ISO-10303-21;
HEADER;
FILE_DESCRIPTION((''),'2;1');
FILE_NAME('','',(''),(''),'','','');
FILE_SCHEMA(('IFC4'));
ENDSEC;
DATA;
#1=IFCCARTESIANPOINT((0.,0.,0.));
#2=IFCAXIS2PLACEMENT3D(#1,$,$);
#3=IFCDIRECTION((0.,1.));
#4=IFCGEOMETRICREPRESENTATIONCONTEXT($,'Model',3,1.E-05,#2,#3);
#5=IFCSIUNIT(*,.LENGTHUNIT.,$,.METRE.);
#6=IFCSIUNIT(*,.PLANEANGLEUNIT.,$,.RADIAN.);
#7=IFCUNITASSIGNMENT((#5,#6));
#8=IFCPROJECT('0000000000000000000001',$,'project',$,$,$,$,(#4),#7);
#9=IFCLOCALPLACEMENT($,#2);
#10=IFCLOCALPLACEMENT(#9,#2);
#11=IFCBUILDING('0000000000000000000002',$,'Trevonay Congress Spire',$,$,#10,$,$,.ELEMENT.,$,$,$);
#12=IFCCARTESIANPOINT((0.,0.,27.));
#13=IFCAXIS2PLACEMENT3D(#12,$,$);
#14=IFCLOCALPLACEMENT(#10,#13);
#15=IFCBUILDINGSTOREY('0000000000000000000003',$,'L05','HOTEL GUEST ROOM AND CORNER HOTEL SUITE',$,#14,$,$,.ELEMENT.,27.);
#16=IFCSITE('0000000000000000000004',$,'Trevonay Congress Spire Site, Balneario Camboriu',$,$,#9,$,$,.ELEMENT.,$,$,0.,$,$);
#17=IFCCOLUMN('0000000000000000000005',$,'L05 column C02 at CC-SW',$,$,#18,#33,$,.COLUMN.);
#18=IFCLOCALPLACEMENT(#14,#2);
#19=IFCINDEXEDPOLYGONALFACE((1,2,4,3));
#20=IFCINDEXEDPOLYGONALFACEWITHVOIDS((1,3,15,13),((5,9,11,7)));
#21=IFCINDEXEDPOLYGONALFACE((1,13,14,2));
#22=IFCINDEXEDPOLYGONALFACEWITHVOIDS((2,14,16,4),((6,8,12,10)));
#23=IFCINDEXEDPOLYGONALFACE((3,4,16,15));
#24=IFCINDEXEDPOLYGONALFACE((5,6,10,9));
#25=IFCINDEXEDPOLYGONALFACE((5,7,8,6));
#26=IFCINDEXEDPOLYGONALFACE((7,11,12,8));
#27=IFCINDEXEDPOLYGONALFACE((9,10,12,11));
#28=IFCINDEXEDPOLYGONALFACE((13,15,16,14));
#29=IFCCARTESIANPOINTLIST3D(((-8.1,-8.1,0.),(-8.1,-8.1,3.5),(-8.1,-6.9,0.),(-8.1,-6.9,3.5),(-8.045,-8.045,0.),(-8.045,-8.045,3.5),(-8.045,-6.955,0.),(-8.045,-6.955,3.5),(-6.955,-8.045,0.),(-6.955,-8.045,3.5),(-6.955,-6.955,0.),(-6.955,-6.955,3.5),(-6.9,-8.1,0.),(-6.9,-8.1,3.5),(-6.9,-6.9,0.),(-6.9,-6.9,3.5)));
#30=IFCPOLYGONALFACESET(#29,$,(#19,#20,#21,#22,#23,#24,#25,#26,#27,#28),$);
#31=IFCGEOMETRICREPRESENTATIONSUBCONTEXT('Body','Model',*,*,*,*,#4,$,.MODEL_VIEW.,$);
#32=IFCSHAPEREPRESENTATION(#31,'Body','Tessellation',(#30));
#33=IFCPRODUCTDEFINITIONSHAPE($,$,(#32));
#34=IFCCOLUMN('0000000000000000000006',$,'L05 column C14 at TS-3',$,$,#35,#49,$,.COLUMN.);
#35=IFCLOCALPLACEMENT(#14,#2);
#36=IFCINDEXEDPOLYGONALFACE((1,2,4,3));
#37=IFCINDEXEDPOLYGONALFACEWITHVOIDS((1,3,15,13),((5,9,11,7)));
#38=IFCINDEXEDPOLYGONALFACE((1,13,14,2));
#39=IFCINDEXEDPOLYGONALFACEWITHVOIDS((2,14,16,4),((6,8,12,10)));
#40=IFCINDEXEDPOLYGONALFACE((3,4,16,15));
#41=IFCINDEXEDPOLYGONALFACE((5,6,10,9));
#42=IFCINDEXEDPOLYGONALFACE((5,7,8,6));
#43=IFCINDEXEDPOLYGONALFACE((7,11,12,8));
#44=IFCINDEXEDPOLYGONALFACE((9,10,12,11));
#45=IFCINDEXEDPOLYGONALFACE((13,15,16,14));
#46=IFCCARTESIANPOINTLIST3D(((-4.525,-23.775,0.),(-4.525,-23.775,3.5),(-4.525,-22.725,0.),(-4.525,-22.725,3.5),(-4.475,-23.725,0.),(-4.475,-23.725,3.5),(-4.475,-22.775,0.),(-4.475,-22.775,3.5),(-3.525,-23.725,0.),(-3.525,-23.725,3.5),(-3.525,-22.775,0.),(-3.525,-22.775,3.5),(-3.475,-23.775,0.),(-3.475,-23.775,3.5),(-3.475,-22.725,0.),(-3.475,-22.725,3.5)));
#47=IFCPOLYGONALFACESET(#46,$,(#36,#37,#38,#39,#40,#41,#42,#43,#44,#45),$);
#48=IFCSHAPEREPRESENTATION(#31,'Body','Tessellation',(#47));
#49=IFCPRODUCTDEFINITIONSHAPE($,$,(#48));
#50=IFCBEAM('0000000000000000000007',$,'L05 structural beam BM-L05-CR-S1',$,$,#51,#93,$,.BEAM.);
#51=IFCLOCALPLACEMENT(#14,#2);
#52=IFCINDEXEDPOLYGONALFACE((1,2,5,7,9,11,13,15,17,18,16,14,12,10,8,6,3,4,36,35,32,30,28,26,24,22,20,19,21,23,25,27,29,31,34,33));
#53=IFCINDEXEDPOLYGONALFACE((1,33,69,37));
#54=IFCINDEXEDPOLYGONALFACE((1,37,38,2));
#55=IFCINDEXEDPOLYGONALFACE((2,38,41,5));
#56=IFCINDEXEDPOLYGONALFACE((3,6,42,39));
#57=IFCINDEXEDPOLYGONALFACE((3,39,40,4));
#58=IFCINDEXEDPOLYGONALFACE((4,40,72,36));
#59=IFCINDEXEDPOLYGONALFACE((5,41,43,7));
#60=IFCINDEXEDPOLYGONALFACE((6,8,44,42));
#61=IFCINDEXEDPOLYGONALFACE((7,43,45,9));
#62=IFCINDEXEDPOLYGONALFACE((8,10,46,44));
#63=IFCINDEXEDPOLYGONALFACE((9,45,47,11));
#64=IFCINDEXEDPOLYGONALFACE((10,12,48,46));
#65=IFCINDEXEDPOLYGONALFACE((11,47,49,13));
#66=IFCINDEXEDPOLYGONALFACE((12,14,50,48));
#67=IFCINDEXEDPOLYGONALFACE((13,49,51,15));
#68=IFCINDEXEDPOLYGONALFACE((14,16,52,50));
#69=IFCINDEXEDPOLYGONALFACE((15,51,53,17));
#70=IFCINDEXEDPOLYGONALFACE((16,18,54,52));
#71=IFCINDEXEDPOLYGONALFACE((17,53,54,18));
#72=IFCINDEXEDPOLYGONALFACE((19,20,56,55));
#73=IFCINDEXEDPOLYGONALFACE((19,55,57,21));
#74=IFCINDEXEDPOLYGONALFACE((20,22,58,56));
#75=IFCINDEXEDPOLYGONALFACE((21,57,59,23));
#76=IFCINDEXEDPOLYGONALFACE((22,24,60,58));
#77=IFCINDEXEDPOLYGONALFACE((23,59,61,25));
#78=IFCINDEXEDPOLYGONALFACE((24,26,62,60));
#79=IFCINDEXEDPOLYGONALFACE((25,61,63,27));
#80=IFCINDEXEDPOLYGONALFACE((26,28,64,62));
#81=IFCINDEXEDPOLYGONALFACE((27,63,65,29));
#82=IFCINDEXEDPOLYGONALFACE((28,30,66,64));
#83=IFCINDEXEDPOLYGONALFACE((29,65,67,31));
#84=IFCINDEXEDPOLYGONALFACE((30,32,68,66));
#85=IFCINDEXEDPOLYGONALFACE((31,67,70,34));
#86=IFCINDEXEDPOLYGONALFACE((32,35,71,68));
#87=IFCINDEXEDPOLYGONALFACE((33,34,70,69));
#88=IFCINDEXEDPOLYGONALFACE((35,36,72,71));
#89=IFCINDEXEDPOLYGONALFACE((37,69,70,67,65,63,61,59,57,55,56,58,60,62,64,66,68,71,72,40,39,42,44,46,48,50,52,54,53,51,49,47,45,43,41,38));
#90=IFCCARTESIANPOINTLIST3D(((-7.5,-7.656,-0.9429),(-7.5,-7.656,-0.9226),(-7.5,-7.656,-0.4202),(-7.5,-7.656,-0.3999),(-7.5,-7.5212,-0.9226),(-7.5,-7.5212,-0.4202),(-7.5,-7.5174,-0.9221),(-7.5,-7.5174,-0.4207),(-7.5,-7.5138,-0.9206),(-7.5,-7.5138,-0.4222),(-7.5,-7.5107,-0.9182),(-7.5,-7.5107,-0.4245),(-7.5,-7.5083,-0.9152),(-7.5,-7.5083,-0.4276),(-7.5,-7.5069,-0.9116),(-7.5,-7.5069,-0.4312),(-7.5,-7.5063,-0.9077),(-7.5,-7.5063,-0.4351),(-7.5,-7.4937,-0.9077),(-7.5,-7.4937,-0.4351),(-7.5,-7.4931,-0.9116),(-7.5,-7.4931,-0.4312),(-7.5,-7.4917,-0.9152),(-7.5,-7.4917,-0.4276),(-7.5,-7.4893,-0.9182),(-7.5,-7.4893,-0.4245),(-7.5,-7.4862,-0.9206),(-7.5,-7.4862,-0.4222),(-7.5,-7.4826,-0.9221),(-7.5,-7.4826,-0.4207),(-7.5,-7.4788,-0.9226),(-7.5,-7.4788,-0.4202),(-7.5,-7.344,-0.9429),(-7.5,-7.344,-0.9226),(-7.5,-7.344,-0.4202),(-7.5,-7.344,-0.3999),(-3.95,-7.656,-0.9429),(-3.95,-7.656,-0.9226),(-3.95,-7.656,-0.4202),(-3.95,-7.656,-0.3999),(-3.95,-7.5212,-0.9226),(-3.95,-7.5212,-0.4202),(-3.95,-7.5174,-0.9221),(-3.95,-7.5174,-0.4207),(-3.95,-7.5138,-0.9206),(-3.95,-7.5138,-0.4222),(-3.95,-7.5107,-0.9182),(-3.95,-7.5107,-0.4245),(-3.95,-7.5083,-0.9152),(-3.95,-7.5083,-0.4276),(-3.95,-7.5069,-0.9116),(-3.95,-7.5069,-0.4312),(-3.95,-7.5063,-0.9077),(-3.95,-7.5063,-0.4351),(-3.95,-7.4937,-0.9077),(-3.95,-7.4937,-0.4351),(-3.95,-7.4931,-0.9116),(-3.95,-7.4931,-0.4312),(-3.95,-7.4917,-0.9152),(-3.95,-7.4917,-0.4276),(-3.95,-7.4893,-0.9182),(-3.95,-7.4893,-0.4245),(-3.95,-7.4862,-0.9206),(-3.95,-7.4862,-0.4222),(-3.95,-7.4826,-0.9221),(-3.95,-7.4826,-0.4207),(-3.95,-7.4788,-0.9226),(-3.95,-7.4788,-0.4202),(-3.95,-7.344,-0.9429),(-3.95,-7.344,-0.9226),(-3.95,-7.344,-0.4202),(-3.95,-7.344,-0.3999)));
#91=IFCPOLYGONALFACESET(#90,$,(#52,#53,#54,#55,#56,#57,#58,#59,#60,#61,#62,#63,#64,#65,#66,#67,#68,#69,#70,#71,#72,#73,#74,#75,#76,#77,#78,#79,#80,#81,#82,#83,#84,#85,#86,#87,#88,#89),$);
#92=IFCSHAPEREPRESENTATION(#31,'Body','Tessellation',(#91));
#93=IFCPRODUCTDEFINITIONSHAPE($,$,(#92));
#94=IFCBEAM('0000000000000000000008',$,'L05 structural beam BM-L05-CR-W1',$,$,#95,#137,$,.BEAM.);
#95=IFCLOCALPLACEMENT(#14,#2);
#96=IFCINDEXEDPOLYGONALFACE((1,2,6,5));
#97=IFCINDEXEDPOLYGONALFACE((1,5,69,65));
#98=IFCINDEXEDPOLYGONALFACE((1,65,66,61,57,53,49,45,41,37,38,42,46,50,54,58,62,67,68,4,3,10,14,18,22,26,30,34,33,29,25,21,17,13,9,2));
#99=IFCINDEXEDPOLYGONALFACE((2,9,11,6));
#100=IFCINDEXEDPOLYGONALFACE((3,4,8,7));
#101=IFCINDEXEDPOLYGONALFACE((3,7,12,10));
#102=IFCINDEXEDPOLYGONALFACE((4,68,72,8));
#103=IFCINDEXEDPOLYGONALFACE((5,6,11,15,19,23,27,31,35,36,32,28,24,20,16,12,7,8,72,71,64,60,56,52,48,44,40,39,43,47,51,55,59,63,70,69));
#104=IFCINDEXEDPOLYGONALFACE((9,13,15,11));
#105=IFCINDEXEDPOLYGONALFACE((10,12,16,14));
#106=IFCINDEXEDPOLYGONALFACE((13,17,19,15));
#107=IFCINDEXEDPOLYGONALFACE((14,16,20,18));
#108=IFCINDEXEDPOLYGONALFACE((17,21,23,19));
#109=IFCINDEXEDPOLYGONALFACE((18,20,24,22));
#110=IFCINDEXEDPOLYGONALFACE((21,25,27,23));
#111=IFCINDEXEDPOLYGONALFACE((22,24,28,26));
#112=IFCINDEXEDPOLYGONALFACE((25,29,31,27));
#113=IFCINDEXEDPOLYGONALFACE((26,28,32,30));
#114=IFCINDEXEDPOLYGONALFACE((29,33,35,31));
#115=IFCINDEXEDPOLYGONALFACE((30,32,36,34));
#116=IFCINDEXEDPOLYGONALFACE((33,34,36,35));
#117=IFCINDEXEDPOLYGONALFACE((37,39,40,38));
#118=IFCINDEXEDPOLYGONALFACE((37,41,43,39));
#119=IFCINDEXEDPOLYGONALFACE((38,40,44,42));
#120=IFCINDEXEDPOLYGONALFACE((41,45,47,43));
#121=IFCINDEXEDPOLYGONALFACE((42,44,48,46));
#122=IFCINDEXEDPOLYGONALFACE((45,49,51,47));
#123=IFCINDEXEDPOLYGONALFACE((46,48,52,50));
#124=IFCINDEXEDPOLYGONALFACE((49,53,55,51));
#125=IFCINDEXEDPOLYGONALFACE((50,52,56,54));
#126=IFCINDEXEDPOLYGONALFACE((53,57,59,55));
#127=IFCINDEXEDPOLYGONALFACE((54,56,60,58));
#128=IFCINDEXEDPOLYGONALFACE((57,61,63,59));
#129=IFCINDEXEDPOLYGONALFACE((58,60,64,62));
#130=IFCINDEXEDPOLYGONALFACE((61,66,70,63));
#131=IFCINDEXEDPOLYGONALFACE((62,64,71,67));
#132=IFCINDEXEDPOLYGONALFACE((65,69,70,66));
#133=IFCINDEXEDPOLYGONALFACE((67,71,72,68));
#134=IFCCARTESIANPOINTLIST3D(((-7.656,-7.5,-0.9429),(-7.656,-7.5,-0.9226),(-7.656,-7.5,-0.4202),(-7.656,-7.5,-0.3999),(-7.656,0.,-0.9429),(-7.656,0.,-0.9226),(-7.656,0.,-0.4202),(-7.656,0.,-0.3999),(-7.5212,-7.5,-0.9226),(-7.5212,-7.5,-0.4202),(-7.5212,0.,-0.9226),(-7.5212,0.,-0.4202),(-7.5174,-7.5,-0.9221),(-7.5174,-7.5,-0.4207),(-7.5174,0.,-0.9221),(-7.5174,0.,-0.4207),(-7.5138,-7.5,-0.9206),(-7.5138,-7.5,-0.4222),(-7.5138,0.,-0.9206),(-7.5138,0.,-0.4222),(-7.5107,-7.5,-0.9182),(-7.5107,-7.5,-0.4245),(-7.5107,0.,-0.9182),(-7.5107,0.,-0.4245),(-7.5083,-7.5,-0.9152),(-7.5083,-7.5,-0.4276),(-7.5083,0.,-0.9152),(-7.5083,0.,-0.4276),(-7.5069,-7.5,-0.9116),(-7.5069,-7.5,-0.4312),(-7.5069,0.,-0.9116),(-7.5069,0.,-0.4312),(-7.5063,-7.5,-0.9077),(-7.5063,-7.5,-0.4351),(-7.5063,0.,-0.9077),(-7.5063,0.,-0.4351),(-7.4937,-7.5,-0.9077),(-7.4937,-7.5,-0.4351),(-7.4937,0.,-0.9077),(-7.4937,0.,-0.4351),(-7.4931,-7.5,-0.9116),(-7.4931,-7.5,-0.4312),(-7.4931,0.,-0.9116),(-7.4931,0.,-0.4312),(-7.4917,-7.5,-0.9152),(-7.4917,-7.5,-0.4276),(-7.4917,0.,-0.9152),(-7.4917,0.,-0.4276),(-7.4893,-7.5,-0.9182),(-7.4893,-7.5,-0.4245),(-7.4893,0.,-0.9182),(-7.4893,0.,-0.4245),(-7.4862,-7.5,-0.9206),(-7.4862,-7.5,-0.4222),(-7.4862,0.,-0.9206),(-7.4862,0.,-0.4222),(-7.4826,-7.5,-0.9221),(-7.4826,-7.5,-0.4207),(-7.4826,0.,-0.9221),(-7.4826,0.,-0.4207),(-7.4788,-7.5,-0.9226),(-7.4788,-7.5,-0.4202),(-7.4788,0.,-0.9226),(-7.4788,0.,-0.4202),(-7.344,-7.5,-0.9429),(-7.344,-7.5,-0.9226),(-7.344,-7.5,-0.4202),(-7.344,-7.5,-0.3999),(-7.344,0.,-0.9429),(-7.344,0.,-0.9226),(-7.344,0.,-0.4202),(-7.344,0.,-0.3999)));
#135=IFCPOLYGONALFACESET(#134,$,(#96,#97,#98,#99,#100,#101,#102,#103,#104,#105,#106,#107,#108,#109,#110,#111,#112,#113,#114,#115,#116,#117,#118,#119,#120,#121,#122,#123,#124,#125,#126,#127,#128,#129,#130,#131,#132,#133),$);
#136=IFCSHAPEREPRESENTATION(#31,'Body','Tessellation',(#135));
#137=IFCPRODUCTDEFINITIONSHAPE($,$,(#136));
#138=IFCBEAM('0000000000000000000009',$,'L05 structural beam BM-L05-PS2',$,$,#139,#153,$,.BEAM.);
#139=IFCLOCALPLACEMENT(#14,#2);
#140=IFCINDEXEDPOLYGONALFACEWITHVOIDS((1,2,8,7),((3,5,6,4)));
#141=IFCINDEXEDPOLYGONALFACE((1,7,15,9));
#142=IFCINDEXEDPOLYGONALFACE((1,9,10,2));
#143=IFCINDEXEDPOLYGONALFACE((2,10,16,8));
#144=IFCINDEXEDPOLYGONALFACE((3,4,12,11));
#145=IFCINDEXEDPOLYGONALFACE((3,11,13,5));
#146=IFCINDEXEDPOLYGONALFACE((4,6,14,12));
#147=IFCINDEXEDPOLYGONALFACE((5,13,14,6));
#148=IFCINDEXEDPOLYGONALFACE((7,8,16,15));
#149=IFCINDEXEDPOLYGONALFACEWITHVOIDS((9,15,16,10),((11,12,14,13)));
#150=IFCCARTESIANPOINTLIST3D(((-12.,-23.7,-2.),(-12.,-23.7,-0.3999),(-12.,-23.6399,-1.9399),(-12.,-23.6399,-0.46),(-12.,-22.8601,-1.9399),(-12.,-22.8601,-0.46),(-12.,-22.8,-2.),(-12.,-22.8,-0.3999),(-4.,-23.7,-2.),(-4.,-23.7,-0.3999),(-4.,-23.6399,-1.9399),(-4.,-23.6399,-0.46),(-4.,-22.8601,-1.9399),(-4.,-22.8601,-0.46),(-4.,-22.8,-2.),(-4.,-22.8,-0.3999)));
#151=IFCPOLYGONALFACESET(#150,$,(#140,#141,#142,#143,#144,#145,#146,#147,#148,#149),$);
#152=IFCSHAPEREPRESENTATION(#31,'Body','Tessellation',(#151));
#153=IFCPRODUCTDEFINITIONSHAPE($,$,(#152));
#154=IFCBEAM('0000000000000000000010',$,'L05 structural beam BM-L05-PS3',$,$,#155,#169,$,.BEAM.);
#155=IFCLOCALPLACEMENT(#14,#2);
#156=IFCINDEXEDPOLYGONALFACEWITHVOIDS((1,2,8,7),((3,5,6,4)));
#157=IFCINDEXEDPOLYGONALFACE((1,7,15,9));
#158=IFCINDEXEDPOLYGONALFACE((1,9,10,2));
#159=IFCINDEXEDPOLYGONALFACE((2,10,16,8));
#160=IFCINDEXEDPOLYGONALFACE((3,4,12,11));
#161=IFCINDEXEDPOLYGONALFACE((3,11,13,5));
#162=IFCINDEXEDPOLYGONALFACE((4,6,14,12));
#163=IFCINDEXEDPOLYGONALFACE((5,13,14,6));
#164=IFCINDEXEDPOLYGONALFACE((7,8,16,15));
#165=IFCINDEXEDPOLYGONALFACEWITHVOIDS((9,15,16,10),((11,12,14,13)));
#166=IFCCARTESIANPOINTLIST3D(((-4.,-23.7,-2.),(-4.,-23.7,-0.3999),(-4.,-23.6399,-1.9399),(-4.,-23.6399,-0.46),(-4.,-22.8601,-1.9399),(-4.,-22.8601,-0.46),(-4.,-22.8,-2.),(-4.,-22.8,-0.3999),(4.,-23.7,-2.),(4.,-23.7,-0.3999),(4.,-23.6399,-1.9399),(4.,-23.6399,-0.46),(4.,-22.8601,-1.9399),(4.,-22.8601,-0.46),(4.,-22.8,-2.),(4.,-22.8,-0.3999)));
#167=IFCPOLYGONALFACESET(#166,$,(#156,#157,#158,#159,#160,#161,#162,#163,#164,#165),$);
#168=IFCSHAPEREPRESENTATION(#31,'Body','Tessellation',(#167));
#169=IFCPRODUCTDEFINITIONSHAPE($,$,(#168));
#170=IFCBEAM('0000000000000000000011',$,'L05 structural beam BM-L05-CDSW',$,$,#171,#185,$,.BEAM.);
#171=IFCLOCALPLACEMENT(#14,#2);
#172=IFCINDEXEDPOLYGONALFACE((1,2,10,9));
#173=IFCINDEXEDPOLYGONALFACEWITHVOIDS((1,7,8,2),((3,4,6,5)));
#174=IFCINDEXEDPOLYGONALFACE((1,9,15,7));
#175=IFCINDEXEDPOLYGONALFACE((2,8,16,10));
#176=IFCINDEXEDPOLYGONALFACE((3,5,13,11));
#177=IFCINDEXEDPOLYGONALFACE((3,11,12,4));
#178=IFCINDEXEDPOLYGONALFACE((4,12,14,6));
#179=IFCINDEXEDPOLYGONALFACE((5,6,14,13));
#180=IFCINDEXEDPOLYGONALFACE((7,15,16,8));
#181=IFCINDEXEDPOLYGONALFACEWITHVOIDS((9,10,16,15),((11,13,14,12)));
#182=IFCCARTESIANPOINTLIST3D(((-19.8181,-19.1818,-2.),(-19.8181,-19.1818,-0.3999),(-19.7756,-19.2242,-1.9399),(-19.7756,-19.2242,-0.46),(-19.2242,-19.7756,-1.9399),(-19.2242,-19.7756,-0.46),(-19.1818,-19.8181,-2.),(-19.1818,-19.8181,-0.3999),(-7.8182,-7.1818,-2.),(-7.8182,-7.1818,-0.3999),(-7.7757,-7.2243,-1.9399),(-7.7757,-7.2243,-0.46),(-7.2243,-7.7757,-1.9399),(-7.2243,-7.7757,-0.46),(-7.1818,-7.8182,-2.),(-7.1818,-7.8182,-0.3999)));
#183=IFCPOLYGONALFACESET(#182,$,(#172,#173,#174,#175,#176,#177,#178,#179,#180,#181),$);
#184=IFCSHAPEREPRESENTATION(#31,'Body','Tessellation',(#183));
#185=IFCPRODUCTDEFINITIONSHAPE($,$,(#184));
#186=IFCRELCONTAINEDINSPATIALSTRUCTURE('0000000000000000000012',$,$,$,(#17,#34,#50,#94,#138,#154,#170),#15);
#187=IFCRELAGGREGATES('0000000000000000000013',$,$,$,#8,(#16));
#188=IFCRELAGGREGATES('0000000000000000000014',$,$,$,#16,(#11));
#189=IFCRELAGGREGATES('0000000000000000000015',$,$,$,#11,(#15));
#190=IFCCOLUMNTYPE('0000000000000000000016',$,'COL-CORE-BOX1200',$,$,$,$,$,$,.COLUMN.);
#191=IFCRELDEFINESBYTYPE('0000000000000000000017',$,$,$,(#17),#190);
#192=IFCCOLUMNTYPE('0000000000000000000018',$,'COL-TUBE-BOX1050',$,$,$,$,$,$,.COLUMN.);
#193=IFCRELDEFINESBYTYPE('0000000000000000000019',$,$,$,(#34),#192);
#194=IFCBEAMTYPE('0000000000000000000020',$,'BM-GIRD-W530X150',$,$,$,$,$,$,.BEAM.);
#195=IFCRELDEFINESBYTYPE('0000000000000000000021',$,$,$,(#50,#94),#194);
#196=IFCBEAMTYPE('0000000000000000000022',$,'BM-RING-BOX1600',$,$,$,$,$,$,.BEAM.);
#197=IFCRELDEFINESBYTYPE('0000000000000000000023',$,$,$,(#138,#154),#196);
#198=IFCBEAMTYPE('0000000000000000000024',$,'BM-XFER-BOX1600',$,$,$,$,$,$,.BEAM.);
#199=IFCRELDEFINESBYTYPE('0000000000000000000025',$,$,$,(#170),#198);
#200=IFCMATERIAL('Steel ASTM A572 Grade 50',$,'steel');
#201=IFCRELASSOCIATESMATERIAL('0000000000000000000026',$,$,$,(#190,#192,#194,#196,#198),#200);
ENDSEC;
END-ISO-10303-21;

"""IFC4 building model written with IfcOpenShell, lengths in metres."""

from ifc_helpers import new_model, si_unit, direction, frame, origin, origin_2d, place, context, subcontext, project, spatial, hollow_rectangle, i_section, extrude, material, material_profile, profile_set, type_object, element, save


model = new_model("IFC4")

# Units and contexts
model_context = context("Model", 3, precision=1e-05, world=origin(), true_north=direction((0.0, 1.0)))
body_context = subcontext(model_context, "Body", "Model", "MODEL_VIEW")
ifc_project = project(units=[si_unit("LENGTHUNIT", "METRE"), si_unit("PLANEANGLEUNIT", "RADIAN")], contexts=[model_context])

# Site, building, storey
site_placement = place(None, origin())
site = spatial("IfcSite", under=ifc_project, at=site_placement, Name="Trevonay Congress Spire Site, Balneario Camboriu", CompositionType="ELEMENT", RefElevation=0.0)
building_placement = place(site_placement, origin())
building = spatial("IfcBuilding", under=site, at=building_placement, Name="Trevonay Congress Spire", CompositionType="ELEMENT")
storey_placement = place(building_placement, frame((0.0, 0.0, 27.0)))
storey = spatial("IfcBuildingStorey", under=building, at=storey_placement, Name="L05", Description="HOTEL GUEST ROOM AND CORNER HOTEL SUITE", CompositionType="ELEMENT", Elevation=27.0)

# Columns
ifc_material_1 = material(Name="Steel ASTM A572 Grade 50", Category="steel")
ifc_material_profile_1 = material_profile(ifc_material_1, hollow_rectangle(XDim=1.2, YDim=1.2, WallThickness=0.0549, at=origin_2d()), Name="BOX 1200x1200x55")
ifc_profile_set_1 = profile_set([ifc_material_profile_1], Name="Steel ASTM A572 Grade 50")
column_type_1 = type_object("IfcColumnType", Name="COL-CORE-BOX1200", PredefinedType="COLUMN", material=ifc_profile_set_1)
column_1_placement = place(storey_placement, frame((-7.5, -7.5, 0.0), z_axis=(0.0, 0.0, 1.0), x_axis=(1.0, 0.0, 0.0)))
element("IfcColumn", 1, at=column_1_placement, inside=storey, type_object=column_type_1, Name="L05 column C02 at CC-SW", PredefinedType="COLUMN", context=body_context, shape_type="SweptSolid", body=[
    extrude(hollow_rectangle(XDim=1.2, YDim=1.2, WallThickness=0.0549, at=origin_2d()), origin(), (0.0, 0.0, 1.0), 3.5),
])
ifc_material_profile_2 = material_profile(ifc_material_1, hollow_rectangle(XDim=1.05, YDim=1.05, WallThickness=0.05, at=origin_2d()), Name="BOX 1050x1050x50")
ifc_profile_set_2 = profile_set([ifc_material_profile_2], Name="Steel ASTM A572 Grade 50")
column_type_2 = type_object("IfcColumnType", Name="COL-TUBE-BOX1050", PredefinedType="COLUMN", material=ifc_profile_set_2)
column_2_placement = place(storey_placement, frame((-4.0, -23.25, 0.0), z_axis=(0.0, 0.0, 1.0), x_axis=(1.0, 0.0, 0.0)))
element("IfcColumn", 2, at=column_2_placement, inside=storey, type_object=column_type_2, Name="L05 column C14 at TS-3", PredefinedType="COLUMN", context=body_context, shape_type="SweptSolid", body=[
    extrude(hollow_rectangle(XDim=1.05, YDim=1.05, WallThickness=0.05, at=origin_2d()), origin(), (0.0, 0.0, 1.0), 3.5),
])

# Beams
ifc_material_profile_3 = material_profile(ifc_material_1, i_section(OverallWidth=0.312, OverallDepth=0.543, WebThickness=0.0127, FlangeThickness=0.0203, FilletRadius=0.0149, at=origin_2d()), Name="W530x150")
ifc_profile_set_3 = profile_set([ifc_material_profile_3], Name="Steel ASTM A572 Grade 50")
beam_type_1 = type_object("IfcBeamType", Name="BM-GIRD-W530X150", PredefinedType="BEAM", material=ifc_profile_set_3)
beam_1_placement = place(storey_placement, frame((-7.5, -7.5, -0.6714), z_axis=(1.0, 0.0, 0.0), x_axis=(0.0, 1.0, 0.0)))
element("IfcBeam", 3, at=beam_1_placement, inside=storey, type_object=beam_type_1, Name="L05 structural beam BM-L05-CR-S1", PredefinedType="BEAM", context=body_context, shape_type="SweptSolid", body=[
    extrude(i_section(OverallWidth=0.312, OverallDepth=0.543, WebThickness=0.0127, FlangeThickness=0.0203, FilletRadius=0.0149, at=origin_2d()), origin(), (0.0, 0.0, 1.0), 3.55),
])
beam_2_placement = place(storey_placement, frame((-7.5, -7.5, -0.6714), z_axis=(0.0, 1.0, 0.0), x_axis=(-1.0, 0.0, 0.0)))
element("IfcBeam", 4, at=beam_2_placement, inside=storey, type_object=beam_type_1, Name="L05 structural beam BM-L05-CR-W1", PredefinedType="BEAM", context=body_context, shape_type="SweptSolid", body=[
    extrude(i_section(OverallWidth=0.312, OverallDepth=0.543, WebThickness=0.0127, FlangeThickness=0.0203, FilletRadius=0.0149, at=origin_2d()), origin(), (0.0, 0.0, 1.0), 7.5),
])
ifc_material_profile_4 = material_profile(ifc_material_1, hollow_rectangle(XDim=0.8999, YDim=1.6001, WallThickness=0.0601, at=origin_2d()), Name="BOX 1600x900x60")
ifc_profile_set_4 = profile_set([ifc_material_profile_4], Name="Steel ASTM A572 Grade 50")
beam_type_2 = type_object("IfcBeamType", Name="BM-RING-BOX1600", PredefinedType="BEAM", material=ifc_profile_set_4)
for number, where, z_axis, x_axis, name in (
    (5, (-12.0, -23.25, -1.2), (1.0, 0.0, 0.0), (0.0, 1.0, 0.0), "L05 structural beam BM-L05-PS2"),
    (6, (-4.0, -23.25, -1.2), (1.0, 0.0, 0.0), (0.0, 1.0, 0.0), "L05 structural beam BM-L05-PS3"),
):
    element("IfcBeam", number, at=place(storey_placement, frame(where, z_axis=z_axis, x_axis=x_axis)), inside=storey, type_object=beam_type_2, Name=name, PredefinedType="BEAM", context=body_context, shape_type="SweptSolid", body=[
        extrude(hollow_rectangle(XDim=0.8999, YDim=1.6001, WallThickness=0.0601, at=origin_2d()), origin(), (0.0, 0.0, 1.0), 8.0),
    ])
ifc_material_profile_5 = material_profile(ifc_material_1, hollow_rectangle(XDim=0.8999, YDim=1.6001, WallThickness=0.0601, at=origin_2d()), Name="BOX 1600x900x60")
ifc_profile_set_5 = profile_set([ifc_material_profile_5], Name="Steel ASTM A572 Grade 50")
beam_type_3 = type_object("IfcBeamType", Name="BM-XFER-BOX1600", PredefinedType="BEAM", material=ifc_profile_set_5)
beam_3_placement = place(storey_placement, frame((-7.5, -7.5, -1.2), z_axis=(-0.707107, -0.707107, 0.0), x_axis=(0.707107, -0.707107, 0.0)))
element("IfcBeam", 7, at=beam_3_placement, inside=storey, type_object=beam_type_3, Name="L05 structural beam BM-L05-CDSW", PredefinedType="BEAM", context=body_context, shape_type="SweptSolid", body=[
    extrude(hollow_rectangle(XDim=0.8999, YDim=1.6001, WallThickness=0.0601, at=origin_2d()), origin(), (0.0, 0.0, 1.0), 16.9705),
])

save(model, "model.ifc")
